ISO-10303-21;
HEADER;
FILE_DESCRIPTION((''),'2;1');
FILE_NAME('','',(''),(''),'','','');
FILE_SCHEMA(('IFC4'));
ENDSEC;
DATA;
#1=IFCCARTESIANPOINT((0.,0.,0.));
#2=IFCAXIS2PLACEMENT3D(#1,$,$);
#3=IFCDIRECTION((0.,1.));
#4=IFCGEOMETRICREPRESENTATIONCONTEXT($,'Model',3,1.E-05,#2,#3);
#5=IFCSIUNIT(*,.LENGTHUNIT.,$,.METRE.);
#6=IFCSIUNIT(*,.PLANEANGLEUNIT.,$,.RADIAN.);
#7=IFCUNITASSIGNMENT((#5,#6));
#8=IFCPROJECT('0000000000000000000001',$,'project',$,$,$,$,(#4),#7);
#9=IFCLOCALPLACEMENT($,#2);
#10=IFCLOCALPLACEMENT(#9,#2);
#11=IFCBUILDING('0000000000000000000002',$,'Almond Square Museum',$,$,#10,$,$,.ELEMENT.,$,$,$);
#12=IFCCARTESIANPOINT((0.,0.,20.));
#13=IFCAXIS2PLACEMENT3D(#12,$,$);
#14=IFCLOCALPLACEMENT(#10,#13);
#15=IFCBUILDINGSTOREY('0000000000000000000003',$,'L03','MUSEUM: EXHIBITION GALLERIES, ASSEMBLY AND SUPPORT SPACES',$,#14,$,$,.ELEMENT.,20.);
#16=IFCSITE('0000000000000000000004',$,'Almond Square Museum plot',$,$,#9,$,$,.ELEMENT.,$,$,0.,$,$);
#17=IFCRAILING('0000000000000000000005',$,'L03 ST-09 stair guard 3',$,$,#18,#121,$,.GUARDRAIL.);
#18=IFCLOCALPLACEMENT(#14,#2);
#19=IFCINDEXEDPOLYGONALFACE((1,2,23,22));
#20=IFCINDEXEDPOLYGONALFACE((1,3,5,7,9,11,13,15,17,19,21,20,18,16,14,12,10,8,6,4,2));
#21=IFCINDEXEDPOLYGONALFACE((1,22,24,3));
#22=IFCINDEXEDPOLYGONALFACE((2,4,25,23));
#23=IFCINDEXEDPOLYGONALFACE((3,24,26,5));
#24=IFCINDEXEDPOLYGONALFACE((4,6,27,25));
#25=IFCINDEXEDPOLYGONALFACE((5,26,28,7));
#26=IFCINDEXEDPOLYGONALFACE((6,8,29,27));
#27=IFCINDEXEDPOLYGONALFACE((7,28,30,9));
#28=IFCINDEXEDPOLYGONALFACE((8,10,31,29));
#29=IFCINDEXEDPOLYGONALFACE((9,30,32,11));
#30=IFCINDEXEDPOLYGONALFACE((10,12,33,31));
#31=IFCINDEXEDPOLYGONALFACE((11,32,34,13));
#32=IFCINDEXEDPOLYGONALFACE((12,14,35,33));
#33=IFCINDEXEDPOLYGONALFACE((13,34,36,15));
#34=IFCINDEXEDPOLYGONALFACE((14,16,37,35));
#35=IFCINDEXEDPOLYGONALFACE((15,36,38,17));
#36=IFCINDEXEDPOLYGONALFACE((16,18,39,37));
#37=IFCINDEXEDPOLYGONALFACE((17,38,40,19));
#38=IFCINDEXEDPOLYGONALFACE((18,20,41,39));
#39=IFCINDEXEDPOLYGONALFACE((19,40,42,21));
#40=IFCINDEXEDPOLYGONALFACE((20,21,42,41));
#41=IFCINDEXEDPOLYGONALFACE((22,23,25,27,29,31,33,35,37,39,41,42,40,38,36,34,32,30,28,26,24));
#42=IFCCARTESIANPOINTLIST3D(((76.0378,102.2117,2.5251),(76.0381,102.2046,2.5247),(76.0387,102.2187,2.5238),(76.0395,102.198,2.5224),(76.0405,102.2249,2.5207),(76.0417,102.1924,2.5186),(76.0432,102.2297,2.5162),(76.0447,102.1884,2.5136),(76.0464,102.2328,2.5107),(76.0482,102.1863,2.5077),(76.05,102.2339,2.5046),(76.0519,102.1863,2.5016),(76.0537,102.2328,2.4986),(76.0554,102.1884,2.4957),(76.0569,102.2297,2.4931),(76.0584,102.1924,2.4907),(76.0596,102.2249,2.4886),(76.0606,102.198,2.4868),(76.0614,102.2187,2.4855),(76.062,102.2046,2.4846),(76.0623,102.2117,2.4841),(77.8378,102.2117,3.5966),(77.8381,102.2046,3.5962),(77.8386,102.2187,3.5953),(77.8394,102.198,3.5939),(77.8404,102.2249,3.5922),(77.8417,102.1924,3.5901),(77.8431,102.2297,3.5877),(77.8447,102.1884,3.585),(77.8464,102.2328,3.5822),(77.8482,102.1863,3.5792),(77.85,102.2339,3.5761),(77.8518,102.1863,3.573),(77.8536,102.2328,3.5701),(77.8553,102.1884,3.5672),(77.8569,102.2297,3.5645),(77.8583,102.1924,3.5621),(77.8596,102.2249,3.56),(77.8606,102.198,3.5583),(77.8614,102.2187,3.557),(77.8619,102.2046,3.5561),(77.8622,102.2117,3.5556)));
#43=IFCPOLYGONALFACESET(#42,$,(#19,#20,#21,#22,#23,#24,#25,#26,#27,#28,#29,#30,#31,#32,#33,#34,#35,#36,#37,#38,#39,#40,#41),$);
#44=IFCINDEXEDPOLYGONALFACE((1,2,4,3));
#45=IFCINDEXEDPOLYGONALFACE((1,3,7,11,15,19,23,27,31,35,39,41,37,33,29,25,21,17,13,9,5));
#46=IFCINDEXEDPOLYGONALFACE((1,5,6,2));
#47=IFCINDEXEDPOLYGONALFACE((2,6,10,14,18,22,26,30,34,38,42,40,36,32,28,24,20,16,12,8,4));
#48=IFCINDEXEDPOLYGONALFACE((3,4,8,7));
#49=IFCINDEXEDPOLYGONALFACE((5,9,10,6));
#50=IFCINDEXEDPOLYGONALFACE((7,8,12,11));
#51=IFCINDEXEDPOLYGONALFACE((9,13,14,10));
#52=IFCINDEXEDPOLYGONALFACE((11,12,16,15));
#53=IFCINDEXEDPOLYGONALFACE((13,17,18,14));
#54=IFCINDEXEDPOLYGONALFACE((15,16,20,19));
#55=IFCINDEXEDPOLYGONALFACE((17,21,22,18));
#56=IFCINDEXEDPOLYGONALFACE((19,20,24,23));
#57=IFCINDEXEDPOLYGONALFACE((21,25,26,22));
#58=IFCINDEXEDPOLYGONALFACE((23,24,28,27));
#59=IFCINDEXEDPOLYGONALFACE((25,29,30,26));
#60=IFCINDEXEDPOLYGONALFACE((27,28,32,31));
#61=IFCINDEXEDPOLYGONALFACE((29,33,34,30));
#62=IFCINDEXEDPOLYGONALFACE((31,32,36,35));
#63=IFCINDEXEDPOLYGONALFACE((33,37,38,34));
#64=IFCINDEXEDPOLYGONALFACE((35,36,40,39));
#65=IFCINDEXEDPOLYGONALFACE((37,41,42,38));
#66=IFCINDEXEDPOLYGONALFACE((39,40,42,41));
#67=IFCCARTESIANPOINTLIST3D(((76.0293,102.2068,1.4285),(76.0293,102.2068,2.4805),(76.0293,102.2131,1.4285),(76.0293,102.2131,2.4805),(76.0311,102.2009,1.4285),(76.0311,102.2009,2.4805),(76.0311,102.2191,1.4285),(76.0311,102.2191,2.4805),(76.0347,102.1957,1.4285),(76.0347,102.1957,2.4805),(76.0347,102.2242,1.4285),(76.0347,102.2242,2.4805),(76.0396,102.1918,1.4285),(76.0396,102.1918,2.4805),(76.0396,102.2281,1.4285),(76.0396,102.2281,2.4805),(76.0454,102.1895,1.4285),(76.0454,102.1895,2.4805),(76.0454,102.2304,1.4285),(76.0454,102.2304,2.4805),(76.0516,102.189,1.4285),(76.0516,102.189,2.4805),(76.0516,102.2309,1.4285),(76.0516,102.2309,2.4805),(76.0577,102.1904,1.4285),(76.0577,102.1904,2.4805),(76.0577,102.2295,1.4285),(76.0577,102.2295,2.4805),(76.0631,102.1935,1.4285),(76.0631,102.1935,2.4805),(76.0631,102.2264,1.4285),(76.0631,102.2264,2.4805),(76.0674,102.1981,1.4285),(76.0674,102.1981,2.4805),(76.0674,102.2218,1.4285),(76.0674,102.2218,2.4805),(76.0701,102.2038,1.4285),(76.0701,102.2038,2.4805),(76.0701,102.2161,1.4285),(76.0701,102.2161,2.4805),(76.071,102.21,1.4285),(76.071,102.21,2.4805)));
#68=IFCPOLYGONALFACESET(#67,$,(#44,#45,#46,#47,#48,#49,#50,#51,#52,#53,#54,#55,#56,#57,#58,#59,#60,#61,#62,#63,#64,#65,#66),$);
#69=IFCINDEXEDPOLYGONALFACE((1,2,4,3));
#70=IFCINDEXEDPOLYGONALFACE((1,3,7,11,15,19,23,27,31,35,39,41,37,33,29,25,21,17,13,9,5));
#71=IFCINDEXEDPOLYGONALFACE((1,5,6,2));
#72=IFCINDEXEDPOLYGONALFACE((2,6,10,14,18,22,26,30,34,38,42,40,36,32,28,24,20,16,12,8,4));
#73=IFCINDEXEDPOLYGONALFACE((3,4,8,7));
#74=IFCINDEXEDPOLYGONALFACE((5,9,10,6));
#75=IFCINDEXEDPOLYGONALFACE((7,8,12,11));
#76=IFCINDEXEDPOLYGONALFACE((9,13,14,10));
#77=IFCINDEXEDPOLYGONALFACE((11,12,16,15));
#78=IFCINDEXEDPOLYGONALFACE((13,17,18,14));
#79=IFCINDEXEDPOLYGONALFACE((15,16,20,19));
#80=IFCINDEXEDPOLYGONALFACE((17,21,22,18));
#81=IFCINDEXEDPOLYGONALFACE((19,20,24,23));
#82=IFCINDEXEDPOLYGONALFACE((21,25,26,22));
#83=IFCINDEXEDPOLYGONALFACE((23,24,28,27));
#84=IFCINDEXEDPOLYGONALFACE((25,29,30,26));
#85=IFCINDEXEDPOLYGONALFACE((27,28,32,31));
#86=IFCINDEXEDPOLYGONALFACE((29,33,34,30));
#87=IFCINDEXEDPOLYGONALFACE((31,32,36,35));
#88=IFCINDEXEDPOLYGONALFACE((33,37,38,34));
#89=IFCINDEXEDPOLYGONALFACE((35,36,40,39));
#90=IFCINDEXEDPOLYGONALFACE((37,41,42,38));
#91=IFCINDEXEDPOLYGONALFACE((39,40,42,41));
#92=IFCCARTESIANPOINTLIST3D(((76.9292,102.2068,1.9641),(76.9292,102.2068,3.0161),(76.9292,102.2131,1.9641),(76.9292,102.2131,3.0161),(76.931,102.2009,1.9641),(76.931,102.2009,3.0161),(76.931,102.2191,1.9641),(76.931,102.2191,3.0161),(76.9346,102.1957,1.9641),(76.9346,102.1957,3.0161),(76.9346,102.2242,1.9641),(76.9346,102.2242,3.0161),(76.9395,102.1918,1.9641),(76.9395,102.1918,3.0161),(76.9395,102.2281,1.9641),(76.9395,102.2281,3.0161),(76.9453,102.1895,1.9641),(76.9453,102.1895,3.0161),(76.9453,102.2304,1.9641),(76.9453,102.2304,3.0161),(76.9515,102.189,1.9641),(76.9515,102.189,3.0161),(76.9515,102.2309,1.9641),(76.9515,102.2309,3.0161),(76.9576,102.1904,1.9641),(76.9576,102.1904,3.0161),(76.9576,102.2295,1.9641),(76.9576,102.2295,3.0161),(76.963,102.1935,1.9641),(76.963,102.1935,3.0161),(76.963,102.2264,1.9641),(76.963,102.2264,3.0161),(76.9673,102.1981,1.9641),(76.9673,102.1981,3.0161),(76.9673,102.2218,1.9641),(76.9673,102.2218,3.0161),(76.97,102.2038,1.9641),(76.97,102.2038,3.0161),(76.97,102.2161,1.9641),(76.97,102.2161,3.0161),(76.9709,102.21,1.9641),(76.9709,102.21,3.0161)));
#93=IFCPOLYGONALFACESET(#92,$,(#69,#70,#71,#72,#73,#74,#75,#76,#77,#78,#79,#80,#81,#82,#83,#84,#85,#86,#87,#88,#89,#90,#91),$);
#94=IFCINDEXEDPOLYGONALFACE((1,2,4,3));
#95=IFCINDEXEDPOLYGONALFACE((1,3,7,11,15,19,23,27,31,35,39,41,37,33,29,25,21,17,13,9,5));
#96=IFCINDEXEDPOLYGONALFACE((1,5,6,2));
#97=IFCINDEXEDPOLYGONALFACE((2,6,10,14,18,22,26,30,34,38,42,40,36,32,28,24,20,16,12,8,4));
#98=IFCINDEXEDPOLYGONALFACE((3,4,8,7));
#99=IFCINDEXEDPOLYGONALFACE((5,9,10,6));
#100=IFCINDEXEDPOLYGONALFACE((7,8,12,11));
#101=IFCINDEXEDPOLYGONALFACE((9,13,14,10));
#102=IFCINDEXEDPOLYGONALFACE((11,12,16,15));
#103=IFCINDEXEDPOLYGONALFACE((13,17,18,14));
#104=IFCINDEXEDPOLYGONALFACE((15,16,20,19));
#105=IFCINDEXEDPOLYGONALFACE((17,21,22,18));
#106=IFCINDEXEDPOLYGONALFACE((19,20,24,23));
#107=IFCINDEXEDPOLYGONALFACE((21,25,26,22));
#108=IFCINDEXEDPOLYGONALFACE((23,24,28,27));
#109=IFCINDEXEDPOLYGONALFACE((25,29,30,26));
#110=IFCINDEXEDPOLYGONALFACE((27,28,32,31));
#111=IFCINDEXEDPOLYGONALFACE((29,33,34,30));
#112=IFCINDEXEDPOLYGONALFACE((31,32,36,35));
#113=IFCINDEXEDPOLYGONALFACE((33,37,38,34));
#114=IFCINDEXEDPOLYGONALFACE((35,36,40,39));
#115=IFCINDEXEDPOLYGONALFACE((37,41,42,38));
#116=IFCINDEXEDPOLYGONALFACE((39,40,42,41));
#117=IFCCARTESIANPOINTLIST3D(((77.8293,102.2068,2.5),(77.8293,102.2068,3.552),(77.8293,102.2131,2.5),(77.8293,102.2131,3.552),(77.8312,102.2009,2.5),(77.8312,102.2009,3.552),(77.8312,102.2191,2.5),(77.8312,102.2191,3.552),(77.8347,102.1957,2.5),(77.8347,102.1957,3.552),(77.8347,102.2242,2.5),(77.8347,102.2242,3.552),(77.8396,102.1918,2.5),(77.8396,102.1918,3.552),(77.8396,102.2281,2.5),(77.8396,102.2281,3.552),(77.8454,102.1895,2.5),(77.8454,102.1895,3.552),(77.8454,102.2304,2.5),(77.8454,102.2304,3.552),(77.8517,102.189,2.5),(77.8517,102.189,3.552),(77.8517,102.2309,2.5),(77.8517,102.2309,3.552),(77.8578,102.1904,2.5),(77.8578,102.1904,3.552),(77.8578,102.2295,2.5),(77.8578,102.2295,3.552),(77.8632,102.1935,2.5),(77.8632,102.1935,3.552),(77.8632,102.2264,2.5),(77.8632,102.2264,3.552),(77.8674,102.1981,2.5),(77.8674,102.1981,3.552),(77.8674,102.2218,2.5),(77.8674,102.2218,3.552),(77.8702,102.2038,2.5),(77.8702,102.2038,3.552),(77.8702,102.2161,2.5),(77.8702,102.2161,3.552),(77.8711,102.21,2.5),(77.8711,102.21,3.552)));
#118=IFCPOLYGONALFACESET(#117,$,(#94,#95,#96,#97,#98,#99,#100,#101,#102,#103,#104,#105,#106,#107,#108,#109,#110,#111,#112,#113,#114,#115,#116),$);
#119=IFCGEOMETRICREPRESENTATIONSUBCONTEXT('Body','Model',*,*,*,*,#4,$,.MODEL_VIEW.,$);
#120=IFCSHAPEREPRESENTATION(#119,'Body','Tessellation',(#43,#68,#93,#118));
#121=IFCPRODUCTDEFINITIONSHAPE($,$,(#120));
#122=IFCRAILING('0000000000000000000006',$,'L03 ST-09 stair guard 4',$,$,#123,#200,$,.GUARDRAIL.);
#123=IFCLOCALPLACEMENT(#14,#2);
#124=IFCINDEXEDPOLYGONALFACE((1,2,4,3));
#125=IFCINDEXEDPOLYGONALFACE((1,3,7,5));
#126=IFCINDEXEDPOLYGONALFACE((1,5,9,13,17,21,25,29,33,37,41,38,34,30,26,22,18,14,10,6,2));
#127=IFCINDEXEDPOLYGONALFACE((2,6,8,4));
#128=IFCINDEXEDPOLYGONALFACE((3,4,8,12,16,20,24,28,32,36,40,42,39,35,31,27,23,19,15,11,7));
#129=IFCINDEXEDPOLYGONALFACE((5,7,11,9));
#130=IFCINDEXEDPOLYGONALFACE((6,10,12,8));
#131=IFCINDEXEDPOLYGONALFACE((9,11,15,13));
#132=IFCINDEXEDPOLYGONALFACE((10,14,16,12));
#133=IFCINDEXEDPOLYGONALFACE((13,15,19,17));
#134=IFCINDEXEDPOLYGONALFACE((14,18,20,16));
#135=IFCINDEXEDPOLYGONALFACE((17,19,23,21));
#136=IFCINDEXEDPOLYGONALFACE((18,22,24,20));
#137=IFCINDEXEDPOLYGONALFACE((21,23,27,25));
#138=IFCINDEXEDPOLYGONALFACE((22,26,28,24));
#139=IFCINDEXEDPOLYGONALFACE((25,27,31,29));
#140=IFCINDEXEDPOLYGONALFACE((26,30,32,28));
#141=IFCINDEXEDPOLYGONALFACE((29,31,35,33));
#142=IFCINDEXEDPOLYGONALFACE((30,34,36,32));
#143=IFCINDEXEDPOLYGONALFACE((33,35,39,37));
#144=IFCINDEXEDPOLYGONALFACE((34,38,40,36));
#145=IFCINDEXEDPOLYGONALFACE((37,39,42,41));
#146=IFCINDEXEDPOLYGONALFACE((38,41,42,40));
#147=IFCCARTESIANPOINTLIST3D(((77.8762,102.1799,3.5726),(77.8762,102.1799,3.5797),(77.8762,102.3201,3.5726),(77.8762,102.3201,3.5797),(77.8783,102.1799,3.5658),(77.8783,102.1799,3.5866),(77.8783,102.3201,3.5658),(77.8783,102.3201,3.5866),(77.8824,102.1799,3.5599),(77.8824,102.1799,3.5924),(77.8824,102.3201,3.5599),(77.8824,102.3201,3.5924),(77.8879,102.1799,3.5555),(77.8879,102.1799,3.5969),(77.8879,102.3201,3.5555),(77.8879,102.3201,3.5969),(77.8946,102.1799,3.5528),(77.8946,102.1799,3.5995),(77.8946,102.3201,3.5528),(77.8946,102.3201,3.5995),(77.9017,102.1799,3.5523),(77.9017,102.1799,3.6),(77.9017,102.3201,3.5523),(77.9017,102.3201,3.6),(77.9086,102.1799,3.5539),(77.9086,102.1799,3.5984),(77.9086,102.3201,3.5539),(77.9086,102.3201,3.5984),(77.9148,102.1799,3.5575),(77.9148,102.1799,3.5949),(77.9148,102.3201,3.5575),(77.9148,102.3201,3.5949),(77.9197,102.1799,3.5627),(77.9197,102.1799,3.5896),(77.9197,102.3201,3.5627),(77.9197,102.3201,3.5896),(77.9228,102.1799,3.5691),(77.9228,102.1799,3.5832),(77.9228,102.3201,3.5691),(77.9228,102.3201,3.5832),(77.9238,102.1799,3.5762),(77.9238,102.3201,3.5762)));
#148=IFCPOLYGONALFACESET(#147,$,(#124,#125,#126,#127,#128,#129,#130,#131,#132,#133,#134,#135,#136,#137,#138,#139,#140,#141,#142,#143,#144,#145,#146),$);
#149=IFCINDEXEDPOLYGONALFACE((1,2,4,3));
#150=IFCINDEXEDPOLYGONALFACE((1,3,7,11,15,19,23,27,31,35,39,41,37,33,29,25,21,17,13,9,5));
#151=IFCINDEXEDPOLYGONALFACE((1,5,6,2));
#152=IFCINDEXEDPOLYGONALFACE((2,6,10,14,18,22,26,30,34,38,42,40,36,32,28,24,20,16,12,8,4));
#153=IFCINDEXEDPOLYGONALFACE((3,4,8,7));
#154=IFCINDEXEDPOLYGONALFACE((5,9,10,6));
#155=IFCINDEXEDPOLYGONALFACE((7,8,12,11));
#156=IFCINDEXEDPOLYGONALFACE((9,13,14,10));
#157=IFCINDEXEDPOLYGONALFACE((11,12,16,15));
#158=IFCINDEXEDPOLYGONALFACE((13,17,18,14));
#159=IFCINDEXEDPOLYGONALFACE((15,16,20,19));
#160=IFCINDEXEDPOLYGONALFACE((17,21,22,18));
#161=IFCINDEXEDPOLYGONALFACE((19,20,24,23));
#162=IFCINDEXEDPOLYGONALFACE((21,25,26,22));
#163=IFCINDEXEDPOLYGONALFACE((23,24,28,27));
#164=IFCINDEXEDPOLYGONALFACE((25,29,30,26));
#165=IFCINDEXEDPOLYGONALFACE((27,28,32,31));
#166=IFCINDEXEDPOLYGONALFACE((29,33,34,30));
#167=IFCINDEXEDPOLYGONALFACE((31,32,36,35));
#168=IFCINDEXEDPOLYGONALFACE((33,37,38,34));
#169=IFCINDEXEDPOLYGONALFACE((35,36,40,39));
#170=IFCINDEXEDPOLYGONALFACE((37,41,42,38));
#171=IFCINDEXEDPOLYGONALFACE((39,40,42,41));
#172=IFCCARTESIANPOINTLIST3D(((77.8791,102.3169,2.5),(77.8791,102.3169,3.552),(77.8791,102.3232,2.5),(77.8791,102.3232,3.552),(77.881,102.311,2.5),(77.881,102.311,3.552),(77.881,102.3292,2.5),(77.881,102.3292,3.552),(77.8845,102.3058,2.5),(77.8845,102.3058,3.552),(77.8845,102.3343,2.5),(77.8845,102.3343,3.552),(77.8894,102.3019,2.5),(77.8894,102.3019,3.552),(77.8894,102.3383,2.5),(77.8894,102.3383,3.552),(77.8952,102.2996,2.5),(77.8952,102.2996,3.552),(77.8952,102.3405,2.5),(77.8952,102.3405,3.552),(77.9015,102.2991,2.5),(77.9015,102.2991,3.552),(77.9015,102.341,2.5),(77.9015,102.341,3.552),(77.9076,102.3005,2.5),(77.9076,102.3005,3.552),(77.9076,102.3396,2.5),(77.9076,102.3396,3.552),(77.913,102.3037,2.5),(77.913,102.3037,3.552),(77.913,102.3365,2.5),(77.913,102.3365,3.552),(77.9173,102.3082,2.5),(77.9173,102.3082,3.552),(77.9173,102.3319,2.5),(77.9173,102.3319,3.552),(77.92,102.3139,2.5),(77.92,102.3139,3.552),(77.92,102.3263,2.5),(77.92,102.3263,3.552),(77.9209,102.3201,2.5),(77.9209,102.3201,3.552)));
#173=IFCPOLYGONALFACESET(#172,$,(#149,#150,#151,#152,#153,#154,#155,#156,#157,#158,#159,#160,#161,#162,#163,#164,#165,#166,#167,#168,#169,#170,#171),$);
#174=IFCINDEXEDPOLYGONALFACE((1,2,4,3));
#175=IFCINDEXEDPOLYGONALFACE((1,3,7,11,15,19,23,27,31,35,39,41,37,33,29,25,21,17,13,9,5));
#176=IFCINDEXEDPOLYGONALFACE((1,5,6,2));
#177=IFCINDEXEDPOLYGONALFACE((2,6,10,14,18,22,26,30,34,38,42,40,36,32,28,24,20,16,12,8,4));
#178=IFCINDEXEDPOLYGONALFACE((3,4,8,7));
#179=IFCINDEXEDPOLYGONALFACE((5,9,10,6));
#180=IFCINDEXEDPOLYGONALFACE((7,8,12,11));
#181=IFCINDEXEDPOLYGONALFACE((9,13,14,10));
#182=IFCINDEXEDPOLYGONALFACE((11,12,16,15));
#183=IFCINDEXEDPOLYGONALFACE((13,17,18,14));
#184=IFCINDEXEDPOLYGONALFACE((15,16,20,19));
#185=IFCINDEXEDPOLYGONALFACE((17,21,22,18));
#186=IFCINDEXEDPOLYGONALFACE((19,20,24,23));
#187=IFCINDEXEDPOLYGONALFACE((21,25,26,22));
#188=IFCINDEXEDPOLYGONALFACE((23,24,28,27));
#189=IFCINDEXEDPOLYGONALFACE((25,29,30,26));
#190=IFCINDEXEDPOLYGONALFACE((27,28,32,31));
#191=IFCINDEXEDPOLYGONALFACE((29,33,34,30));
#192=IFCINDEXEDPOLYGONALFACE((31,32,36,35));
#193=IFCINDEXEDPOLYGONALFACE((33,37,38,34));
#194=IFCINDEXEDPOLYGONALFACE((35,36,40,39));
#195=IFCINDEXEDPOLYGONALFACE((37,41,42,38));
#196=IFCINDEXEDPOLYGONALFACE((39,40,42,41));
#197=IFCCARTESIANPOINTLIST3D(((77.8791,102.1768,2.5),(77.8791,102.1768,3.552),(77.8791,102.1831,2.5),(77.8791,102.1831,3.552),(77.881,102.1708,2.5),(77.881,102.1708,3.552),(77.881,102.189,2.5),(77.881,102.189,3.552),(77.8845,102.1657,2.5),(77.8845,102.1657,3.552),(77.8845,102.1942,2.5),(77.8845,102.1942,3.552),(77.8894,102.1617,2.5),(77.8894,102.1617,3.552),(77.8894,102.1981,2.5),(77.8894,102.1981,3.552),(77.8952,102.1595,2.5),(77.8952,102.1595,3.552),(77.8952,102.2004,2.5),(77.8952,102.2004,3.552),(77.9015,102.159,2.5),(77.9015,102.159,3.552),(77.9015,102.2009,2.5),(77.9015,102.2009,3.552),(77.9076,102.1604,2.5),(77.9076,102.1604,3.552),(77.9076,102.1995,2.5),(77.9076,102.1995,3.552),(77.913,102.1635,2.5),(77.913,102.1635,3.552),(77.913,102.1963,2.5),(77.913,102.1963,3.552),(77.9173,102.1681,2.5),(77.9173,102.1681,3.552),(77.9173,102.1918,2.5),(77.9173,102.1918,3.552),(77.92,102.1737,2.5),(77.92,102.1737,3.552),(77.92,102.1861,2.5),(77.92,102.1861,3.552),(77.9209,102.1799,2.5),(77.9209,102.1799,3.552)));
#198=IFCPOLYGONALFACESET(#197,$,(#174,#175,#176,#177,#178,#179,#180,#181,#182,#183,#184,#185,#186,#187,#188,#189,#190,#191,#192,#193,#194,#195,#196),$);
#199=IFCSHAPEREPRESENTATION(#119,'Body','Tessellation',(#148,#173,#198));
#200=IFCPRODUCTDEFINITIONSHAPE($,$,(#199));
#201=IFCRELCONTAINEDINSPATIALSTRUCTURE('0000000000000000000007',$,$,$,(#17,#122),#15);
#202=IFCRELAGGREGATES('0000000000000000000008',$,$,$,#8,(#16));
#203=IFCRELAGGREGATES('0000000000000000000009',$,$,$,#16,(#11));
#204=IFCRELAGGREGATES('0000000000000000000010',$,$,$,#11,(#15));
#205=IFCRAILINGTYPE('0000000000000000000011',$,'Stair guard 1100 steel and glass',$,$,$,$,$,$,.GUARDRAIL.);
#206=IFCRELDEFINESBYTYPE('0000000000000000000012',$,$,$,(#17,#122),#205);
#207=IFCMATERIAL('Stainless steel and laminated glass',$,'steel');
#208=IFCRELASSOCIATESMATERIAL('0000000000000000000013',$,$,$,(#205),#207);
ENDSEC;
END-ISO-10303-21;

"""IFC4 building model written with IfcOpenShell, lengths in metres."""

from ifc_helpers import new_model, si_unit, direction, frame, origin, origin_2d, place, context, subcontext, project, spatial, circle, extrude, material, type_object, element, save


model = new_model("IFC4")

# Units and contexts
model_context = context("Model", 3, precision=1e-05, world=origin(), true_north=direction((0.0, 1.0)))
body_context = subcontext(model_context, "Body", "Model", "MODEL_VIEW")
ifc_project = project(units=[si_unit("LENGTHUNIT", "METRE"), si_unit("PLANEANGLEUNIT", "RADIAN")], contexts=[model_context])

# Site, building, storey
site_placement = place(None, origin())
site = spatial("IfcSite", under=ifc_project, at=site_placement, Name="Almond Square Museum plot", CompositionType="ELEMENT", RefElevation=0.0)
building_placement = place(site_placement, origin())
building = spatial("IfcBuilding", under=site, at=building_placement, Name="Almond Square Museum", CompositionType="ELEMENT")
storey_placement = place(building_placement, frame((0.0, 0.0, 20.0)))
storey = spatial("IfcBuildingStorey", under=building, at=storey_placement, Name="L03", Description="MUSEUM: EXHIBITION GALLERIES, ASSEMBLY AND SUPPORT SPACES", CompositionType="ELEMENT", Elevation=20.0)

# Railings
ifc_material_1 = material(Name="Stainless steel and laminated glass", Category="steel")
railing_type_1 = type_object("IfcRailingType", Name="Stair guard 1100 steel and glass", PredefinedType="GUARDRAIL", material=ifc_material_1)
railing_1_placement = place(storey_placement, frame((76.05, 102.21, 1.4285)))
element("IfcRailing", 1, at=railing_1_placement, inside=storey, type_object=railing_type_1, Name="L03 ST-09 stair guard 3", PredefinedType="GUARDRAIL", context=body_context, shape_type="SweptSolid", body=[
    extrude(circle(Radius=0.0239, at=origin_2d()), frame((0.0, 0.0, 1.0762), z_axis=(0.859277, 0.0, 0.51151), x_axis=(0.0, 1.0, 0.0)), (0.0, 0.0, 1.0), 2.0947),
    extrude(circle(Radius=0.021, at=origin_2d()), origin(), (0.0, 0.0, 1.0), 1.052),
    extrude(circle(Radius=0.021, at=origin_2d()), frame((0.8999, 0.0, 0.5356)), (0.0, 0.0, 1.0), 1.052),
    extrude(circle(Radius=0.021, at=origin_2d()), frame((1.8, 0.0, 1.0715)), (0.0, 0.0, 1.0), 1.052),
])
railing_2_placement = place(storey_placement, frame((77.8999, 102.3201, 2.5)))
element("IfcRailing", 2, at=railing_2_placement, inside=storey, type_object=railing_type_1, Name="L03 ST-09 stair guard 4", PredefinedType="GUARDRAIL", context=body_context, shape_type="SweptSolid", body=[
    extrude(circle(Radius=0.0239, at=origin_2d()), frame((0.0, 0.0, 1.0762), z_axis=(0.0, -1.0, 0.0), x_axis=(1.0, 0.0, 0.0)), (0.0, 0.0, 1.0), 0.1401),
    extrude(circle(Radius=0.021, at=origin_2d()), origin(), (0.0, 0.0, 1.0), 1.052),
    extrude(circle(Radius=0.021, at=origin_2d()), frame((0.0, -0.1401, 0.0)), (0.0, 0.0, 1.0), 1.052),
])

save(model, "model.ifc")
